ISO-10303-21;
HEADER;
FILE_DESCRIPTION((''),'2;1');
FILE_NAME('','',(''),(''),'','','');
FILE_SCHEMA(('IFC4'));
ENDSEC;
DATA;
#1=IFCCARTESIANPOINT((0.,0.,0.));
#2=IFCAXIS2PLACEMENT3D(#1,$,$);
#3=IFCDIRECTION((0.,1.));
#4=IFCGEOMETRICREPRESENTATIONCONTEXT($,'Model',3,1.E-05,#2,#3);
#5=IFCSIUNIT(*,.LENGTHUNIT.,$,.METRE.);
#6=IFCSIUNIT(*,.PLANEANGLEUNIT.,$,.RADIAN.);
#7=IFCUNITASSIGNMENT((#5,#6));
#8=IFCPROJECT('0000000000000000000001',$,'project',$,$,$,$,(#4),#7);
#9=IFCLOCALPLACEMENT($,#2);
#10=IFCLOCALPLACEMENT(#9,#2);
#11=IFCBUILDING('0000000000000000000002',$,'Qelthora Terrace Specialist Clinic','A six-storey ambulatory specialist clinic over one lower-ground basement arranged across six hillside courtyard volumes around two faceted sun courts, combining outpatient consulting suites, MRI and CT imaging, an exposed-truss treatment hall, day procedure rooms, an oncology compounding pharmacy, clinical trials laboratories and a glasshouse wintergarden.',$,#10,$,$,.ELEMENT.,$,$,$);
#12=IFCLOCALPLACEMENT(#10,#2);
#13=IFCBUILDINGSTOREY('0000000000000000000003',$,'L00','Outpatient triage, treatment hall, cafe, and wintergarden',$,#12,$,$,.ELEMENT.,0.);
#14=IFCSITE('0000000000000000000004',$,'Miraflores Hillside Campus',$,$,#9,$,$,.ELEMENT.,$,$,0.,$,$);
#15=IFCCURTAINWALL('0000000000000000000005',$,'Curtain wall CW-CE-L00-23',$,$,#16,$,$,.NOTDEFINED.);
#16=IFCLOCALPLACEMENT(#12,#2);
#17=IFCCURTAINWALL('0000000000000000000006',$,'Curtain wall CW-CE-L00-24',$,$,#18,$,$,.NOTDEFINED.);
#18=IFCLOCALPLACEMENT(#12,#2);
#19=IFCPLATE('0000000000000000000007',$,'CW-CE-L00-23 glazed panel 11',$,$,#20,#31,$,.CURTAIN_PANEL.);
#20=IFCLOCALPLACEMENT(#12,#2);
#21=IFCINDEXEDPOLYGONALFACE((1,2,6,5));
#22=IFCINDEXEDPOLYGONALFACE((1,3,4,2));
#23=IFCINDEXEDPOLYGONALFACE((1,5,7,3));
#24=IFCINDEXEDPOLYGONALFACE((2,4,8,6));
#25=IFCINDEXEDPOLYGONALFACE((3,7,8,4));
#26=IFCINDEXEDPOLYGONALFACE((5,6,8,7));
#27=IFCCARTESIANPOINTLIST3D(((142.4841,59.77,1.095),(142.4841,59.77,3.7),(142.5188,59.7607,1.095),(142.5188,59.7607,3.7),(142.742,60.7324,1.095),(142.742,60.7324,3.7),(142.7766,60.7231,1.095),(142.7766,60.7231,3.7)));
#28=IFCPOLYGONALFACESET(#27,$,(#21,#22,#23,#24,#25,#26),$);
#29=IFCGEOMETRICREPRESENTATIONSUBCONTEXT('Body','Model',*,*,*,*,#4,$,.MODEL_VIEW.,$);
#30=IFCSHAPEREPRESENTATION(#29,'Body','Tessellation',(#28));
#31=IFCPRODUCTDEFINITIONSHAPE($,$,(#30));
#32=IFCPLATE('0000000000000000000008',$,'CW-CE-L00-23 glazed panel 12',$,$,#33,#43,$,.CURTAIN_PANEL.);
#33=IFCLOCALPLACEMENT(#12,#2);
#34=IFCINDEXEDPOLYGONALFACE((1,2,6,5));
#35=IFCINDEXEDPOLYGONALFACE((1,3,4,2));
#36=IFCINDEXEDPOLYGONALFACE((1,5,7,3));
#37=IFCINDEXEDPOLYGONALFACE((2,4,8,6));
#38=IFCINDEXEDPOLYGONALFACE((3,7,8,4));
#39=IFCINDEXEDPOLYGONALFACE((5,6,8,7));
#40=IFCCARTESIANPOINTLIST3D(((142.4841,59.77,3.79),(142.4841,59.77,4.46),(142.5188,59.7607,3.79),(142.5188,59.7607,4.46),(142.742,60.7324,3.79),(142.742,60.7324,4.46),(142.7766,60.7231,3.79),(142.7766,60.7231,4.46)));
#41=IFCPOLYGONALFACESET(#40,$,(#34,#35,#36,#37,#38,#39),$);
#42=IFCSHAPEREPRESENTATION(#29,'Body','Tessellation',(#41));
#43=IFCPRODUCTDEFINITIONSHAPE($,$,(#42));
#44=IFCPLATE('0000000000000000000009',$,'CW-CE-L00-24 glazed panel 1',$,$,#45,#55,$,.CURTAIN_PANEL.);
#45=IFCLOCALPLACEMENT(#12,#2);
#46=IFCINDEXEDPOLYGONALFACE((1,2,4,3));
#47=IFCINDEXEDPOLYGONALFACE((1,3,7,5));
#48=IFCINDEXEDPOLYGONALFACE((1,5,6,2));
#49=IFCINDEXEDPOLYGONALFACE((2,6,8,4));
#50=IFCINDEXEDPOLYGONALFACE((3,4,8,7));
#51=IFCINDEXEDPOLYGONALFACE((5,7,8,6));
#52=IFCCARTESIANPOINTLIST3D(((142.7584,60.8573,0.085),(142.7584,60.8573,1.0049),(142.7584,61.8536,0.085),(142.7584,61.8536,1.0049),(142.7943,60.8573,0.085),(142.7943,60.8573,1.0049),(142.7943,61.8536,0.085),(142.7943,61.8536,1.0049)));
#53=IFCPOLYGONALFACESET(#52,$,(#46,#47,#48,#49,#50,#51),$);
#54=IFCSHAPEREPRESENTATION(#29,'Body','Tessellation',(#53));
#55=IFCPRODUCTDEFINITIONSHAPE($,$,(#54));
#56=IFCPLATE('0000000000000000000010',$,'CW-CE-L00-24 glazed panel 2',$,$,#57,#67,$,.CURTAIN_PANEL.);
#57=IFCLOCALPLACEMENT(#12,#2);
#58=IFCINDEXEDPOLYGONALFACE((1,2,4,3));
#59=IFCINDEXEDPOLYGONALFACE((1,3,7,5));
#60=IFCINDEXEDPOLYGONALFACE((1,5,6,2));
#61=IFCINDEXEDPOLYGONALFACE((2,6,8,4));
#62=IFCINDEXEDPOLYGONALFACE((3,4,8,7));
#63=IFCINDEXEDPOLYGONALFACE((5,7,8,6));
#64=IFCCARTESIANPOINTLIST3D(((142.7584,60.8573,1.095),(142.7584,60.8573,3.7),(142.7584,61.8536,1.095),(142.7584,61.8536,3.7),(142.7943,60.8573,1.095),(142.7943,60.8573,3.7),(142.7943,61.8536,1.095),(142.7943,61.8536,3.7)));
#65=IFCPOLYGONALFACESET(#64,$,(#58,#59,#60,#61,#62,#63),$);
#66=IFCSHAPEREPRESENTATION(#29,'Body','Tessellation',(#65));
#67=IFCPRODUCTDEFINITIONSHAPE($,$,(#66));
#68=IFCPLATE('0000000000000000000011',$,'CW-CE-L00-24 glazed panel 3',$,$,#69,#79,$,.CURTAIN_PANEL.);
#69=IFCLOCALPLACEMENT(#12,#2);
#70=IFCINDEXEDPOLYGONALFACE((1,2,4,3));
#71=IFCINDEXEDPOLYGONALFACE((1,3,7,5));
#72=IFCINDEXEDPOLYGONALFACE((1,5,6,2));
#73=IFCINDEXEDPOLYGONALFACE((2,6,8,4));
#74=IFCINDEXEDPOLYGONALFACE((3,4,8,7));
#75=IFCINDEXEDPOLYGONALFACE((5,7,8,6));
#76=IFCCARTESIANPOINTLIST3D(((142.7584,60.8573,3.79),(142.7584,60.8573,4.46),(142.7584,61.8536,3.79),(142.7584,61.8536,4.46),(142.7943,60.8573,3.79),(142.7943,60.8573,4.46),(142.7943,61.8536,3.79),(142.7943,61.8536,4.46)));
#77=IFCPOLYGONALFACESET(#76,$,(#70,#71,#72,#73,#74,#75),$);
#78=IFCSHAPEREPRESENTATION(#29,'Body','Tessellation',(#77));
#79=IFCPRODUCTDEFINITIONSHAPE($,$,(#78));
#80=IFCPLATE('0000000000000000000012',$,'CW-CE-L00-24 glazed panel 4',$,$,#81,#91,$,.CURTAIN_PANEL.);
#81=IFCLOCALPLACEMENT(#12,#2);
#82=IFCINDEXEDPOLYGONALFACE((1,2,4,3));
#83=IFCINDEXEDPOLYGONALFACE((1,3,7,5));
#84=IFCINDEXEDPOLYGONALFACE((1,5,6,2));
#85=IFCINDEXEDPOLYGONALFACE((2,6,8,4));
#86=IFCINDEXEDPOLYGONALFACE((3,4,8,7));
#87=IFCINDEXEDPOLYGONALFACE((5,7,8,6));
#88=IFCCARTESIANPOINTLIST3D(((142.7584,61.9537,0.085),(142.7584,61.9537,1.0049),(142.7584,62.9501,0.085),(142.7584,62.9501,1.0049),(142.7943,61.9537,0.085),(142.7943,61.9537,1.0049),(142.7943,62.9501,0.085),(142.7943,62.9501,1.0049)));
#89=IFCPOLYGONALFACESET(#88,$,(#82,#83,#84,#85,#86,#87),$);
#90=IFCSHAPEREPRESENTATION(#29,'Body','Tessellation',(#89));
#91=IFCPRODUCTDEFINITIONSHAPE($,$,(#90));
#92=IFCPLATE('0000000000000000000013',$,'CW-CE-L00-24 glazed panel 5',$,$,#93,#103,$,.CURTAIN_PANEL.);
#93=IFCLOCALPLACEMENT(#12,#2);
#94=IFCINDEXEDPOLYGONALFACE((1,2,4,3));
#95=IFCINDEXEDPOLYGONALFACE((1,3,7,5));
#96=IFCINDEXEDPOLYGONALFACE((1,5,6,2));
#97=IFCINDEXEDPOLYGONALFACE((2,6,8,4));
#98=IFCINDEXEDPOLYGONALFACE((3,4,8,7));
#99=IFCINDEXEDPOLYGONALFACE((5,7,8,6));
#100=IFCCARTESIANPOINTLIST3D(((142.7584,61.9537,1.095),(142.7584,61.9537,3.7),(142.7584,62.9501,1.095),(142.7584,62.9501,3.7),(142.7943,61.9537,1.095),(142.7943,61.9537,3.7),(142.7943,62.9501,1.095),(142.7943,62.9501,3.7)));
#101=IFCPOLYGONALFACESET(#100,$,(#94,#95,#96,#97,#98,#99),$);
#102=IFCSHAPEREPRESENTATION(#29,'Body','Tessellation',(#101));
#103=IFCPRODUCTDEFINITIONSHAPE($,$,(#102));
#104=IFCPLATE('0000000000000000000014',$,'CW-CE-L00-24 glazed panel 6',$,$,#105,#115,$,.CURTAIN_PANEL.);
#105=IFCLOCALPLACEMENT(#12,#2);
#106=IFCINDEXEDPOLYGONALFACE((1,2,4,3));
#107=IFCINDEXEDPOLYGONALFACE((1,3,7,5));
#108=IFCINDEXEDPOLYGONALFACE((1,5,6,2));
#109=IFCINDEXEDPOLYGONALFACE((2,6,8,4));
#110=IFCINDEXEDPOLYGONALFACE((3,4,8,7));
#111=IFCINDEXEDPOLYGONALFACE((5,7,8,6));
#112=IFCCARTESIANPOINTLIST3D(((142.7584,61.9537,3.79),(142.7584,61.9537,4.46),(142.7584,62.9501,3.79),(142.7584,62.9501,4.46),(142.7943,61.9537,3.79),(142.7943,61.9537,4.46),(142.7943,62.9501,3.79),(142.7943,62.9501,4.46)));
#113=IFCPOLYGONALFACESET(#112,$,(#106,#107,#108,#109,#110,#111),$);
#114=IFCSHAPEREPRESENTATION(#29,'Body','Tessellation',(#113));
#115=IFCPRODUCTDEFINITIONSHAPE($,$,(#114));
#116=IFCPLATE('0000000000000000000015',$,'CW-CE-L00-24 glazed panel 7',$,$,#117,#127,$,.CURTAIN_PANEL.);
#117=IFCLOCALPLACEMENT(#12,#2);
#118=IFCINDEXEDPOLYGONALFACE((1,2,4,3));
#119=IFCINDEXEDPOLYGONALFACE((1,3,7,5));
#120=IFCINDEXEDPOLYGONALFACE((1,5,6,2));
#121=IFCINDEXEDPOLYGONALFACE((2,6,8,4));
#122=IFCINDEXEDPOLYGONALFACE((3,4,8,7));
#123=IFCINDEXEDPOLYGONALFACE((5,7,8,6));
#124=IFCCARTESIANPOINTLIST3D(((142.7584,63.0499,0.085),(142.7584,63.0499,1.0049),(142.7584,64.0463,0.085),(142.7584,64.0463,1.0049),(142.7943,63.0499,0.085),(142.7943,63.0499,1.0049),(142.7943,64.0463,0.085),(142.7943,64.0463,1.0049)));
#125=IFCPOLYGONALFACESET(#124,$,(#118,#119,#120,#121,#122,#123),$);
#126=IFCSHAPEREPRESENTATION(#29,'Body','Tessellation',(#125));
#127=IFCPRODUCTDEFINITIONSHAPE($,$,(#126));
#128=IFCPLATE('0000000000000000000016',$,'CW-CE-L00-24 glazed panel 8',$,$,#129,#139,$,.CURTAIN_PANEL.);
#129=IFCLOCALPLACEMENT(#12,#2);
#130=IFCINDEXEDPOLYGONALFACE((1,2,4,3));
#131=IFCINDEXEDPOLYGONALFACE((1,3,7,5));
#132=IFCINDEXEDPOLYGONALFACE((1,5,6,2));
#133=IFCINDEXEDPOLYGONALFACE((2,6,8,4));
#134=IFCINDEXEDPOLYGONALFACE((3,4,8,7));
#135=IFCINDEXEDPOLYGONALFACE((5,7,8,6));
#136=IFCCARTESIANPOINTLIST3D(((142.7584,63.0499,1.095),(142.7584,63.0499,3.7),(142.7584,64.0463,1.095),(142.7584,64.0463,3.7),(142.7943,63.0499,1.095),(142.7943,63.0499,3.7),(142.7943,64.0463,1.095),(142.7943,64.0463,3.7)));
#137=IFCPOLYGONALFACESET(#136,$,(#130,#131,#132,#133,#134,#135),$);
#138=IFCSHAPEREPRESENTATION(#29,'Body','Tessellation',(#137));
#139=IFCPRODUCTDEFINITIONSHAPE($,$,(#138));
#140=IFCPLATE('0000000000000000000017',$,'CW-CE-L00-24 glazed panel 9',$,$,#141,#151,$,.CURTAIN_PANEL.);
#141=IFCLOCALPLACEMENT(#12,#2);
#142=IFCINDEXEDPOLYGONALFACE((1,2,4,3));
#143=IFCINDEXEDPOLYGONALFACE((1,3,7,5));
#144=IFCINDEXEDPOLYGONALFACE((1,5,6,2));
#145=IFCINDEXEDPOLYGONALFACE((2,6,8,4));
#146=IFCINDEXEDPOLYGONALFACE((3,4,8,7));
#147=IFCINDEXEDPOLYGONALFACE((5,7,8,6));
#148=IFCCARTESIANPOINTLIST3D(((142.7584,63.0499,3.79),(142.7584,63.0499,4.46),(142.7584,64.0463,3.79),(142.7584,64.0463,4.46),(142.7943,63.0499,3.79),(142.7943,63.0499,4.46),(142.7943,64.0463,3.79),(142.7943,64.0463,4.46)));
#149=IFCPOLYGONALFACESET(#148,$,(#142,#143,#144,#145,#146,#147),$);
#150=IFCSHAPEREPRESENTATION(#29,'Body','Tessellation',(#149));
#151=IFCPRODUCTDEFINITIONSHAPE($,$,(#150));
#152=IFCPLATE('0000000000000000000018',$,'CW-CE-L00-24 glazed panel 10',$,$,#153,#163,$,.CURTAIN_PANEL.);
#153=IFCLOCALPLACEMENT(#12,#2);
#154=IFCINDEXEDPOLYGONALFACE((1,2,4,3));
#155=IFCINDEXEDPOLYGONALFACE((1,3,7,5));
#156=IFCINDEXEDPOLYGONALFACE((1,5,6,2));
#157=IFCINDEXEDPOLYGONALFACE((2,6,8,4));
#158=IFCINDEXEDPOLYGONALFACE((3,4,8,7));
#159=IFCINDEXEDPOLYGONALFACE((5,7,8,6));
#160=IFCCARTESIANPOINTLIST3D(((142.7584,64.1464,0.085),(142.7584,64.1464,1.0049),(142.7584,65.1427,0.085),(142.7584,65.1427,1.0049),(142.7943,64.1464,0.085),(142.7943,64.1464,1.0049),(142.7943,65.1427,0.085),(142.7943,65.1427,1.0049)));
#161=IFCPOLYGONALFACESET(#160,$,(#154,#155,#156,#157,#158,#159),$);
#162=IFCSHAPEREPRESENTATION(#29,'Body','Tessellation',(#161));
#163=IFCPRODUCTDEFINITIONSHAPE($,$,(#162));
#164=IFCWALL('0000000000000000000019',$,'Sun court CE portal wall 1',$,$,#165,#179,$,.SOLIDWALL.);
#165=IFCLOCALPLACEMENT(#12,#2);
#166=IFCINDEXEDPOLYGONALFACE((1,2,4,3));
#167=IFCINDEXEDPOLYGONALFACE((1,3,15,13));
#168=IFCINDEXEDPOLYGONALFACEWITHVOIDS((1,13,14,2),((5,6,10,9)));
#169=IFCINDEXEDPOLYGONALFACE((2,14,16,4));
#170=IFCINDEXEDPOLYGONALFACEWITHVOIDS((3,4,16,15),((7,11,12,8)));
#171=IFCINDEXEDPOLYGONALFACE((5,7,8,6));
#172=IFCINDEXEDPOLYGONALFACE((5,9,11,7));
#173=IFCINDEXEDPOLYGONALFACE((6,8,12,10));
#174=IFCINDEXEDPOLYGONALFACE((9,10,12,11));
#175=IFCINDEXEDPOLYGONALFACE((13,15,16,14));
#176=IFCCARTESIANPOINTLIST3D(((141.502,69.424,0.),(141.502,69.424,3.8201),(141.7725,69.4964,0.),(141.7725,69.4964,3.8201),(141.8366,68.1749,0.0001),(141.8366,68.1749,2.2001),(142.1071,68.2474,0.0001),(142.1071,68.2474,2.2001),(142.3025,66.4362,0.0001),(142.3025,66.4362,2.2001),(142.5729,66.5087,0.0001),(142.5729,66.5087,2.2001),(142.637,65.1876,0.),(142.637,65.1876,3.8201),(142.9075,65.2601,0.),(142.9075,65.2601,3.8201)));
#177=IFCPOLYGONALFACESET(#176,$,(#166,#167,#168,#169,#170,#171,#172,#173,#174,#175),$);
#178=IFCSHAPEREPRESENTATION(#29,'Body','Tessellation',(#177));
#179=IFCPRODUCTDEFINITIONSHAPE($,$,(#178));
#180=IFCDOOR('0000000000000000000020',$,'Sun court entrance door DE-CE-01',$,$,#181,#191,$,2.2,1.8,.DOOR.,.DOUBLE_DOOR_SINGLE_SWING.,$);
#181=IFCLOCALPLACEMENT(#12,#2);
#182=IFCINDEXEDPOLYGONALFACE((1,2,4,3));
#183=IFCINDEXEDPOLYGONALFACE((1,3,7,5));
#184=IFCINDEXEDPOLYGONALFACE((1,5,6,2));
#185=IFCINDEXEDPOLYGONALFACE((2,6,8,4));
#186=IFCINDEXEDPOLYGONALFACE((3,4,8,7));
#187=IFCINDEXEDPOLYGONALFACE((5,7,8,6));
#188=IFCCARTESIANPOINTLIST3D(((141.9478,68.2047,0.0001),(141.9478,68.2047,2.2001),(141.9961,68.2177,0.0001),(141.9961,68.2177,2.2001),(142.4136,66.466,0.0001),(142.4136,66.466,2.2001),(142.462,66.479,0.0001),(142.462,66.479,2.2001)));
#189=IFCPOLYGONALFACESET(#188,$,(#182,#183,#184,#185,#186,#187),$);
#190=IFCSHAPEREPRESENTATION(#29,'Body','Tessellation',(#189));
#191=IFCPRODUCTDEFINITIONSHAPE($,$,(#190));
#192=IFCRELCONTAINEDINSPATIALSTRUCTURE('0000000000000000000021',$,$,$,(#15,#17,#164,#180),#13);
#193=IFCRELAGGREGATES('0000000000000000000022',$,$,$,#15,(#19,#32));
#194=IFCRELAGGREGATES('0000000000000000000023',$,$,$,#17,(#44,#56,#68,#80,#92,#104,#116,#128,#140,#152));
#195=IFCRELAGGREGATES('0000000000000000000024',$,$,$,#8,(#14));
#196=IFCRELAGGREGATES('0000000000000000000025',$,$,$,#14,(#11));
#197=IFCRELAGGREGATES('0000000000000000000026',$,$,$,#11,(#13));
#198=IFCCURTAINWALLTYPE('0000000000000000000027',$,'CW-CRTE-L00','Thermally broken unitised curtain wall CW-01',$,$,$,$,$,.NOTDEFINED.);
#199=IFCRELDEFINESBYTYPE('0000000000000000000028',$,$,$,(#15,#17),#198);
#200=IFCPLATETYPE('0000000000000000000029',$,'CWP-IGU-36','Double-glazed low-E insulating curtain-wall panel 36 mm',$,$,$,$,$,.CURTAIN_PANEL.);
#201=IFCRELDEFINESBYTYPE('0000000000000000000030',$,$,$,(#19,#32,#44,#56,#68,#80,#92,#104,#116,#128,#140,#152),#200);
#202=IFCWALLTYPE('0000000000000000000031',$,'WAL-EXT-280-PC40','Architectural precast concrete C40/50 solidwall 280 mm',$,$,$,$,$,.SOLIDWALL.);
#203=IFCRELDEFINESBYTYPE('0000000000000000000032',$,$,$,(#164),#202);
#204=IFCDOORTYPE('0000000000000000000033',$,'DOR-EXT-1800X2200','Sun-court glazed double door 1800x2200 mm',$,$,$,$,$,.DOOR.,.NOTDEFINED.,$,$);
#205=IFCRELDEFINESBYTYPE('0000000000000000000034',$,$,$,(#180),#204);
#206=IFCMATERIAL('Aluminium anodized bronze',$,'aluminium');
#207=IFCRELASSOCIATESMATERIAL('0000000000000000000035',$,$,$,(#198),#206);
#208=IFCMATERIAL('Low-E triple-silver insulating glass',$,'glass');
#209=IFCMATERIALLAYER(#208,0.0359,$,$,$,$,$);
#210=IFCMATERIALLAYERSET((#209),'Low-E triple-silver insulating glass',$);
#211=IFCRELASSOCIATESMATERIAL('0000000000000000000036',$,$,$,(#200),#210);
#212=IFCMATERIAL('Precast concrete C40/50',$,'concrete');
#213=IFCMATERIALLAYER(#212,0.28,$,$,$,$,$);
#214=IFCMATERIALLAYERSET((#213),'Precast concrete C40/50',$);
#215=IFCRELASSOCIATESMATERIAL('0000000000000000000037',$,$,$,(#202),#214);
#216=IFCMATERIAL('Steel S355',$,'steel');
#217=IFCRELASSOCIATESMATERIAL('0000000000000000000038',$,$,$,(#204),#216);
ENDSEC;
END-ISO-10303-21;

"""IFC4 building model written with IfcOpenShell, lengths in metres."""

from ifc_helpers import new_model, si_unit, direction, frame, frame_2d, origin, origin_2d, place, context, subcontext, project, spatial, rectangle, extrude, material, layer, layer_set, type_object, element, fill, aggregate, save


model = new_model("IFC4")

# Units and contexts
model_context = context("Model", 3, precision=1e-05, world=origin(), true_north=direction((0.0, 1.0)))
body_context = subcontext(model_context, "Body", "Model", "MODEL_VIEW")
ifc_project = project(units=[si_unit("LENGTHUNIT", "METRE"), si_unit("PLANEANGLEUNIT", "RADIAN")], contexts=[model_context])

# Site, building, storey
site_placement = place(None, origin())
site = spatial("IfcSite", under=ifc_project, at=site_placement, Name="Miraflores Hillside Campus", CompositionType="ELEMENT", RefElevation=0.0)
building_placement = place(site_placement, origin())
building = spatial("IfcBuilding", under=site, at=building_placement, Name="Qelthora Terrace Specialist Clinic", Description="A six-storey ambulatory specialist clinic over one lower-ground basement arranged across six hillside courtyard volumes around two faceted sun courts, combining outpatient consulting suites, MRI and CT imaging, an exposed-truss treatment hall, day procedure rooms, an oncology compounding pharmacy, clinical trials laboratories and a glasshouse wintergarden.", CompositionType="ELEMENT")
storey_placement = place(building_placement, origin())
storey = spatial("IfcBuildingStorey", under=building, at=storey_placement, Name="L00", Description="Outpatient triage, treatment hall, cafe, and wintergarden", CompositionType="ELEMENT", Elevation=0.0)

# Curtain wall
ifc_material_1 = material(Name="Aluminium anodized bronze", Category="aluminium")
curtain_wall_type = type_object("IfcCurtainWallType", Name="CW-CRTE-L00", Description="Thermally broken unitised curtain wall CW-01", PredefinedType="NOTDEFINED", material=ifc_material_1)
curtain_wall_1_placement = place(storey_placement, origin())
curtain_wall_1 = element("IfcCurtainWall", 1, at=curtain_wall_1_placement, inside=storey, type_object=curtain_wall_type, Name="Curtain wall CW-CE-L00-23", PredefinedType="NOTDEFINED")

# Curtain wall
curtain_wall_2_placement = place(storey_placement, origin())
curtain_wall_2 = element("IfcCurtainWall", 2, at=curtain_wall_2_placement, inside=storey, type_object=curtain_wall_type, Name="Curtain wall CW-CE-L00-24", PredefinedType="NOTDEFINED")

# Plates
ifc_material_2 = material(Name="Low-E triple-silver insulating glass", Category="glass")
ifc_layer_1 = layer(ifc_material_2, 0.0359)
ifc_layer_set_1 = layer_set([ifc_layer_1], Name="Low-E triple-silver insulating glass")
plate_type = type_object("IfcPlateType", Name="CWP-IGU-36", Description="Double-glazed low-E insulating curtain-wall panel 36 mm", PredefinedType="CURTAIN_PANEL", material=ifc_layer_set_1)
plate_1_placement = place(storey_placement, frame((142.6304, 60.2466, 1.095), z_axis=(0.0, 0.0, 1.0), x_axis=(0.258819, 0.965926, 0.0)))
plate_1 = element("IfcPlate", 3, at=plate_1_placement, type_object=plate_type, Name="CW-CE-L00-23 glazed panel 11", PredefinedType="CURTAIN_PANEL", context=body_context, shape_type="SweptSolid", body=[
    extrude(rectangle(XDim=0.9963, YDim=0.0359, at=origin_2d()), origin(), (0.0, 0.0, 1.0), 2.605),
])
plate_2_placement = place(storey_placement, frame((142.6304, 60.2466, 3.79), z_axis=(0.0, 0.0, 1.0), x_axis=(0.258819, 0.965926, 0.0)))
plate_2 = element("IfcPlate", 4, at=plate_2_placement, type_object=plate_type, Name="CW-CE-L00-23 glazed panel 12", PredefinedType="CURTAIN_PANEL", context=body_context, shape_type="SweptSolid", body=[
    extrude(rectangle(XDim=0.9963, YDim=0.0359, at=origin_2d()), origin(), (0.0, 0.0, 1.0), 0.6699),
])
aggregate(curtain_wall_1, [plate_1, plate_2])
plate_3_placement = place(storey_placement, frame((142.7764, 61.3555, 0.085), z_axis=(0.0, 0.0, 1.0), x_axis=(0.0, 1.0, 0.0)))
plate_3 = element("IfcPlate", 5, at=plate_3_placement, type_object=plate_type, Name="CW-CE-L00-24 glazed panel 1", PredefinedType="CURTAIN_PANEL", context=body_context, shape_type="SweptSolid", body=[
    extrude(rectangle(XDim=0.9963, YDim=0.0359, at=origin_2d()), origin(), (0.0, 0.0, 1.0), 0.9199),
])
plate_4_placement = place(storey_placement, frame((142.7764, 61.3555, 1.095), z_axis=(0.0, 0.0, 1.0), x_axis=(0.0, 1.0, 0.0)))
plate_4 = element("IfcPlate", 6, at=plate_4_placement, type_object=plate_type, Name="CW-CE-L00-24 glazed panel 2", PredefinedType="CURTAIN_PANEL", context=body_context, shape_type="SweptSolid", body=[
    extrude(rectangle(XDim=0.9963, YDim=0.0359, at=origin_2d()), origin(), (0.0, 0.0, 1.0), 2.605),
])
plate_5_placement = place(storey_placement, frame((142.7764, 61.3555, 3.79), z_axis=(0.0, 0.0, 1.0), x_axis=(0.0, 1.0, 0.0)))
plate_5 = element("IfcPlate", 7, at=plate_5_placement, type_object=plate_type, Name="CW-CE-L00-24 glazed panel 3", PredefinedType="CURTAIN_PANEL", context=body_context, shape_type="SweptSolid", body=[
    extrude(rectangle(XDim=0.9963, YDim=0.0359, at=origin_2d()), origin(), (0.0, 0.0, 1.0), 0.6699),
])
plate_6_placement = place(storey_placement, frame((142.7764, 62.4519, 0.085), z_axis=(0.0, 0.0, 1.0), x_axis=(0.0, 1.0, 0.0)))
plate_6 = element("IfcPlate", 8, at=plate_6_placement, type_object=plate_type, Name="CW-CE-L00-24 glazed panel 4", PredefinedType="CURTAIN_PANEL", context=body_context, shape_type="SweptSolid", body=[
    extrude(rectangle(XDim=0.9963, YDim=0.0359, at=origin_2d()), origin(), (0.0, 0.0, 1.0), 0.9199),
])
plate_7_placement = place(storey_placement, frame((142.7764, 62.4519, 1.095), z_axis=(0.0, 0.0, 1.0), x_axis=(0.0, 1.0, 0.0)))
plate_7 = element("IfcPlate", 9, at=plate_7_placement, type_object=plate_type, Name="CW-CE-L00-24 glazed panel 5", PredefinedType="CURTAIN_PANEL", context=body_context, shape_type="SweptSolid", body=[
    extrude(rectangle(XDim=0.9963, YDim=0.0359, at=origin_2d()), origin(), (0.0, 0.0, 1.0), 2.605),
])
plate_8_placement = place(storey_placement, frame((142.7764, 62.4519, 3.79), z_axis=(0.0, 0.0, 1.0), x_axis=(0.0, 1.0, 0.0)))
plate_8 = element("IfcPlate", 10, at=plate_8_placement, type_object=plate_type, Name="CW-CE-L00-24 glazed panel 6", PredefinedType="CURTAIN_PANEL", context=body_context, shape_type="SweptSolid", body=[
    extrude(rectangle(XDim=0.9963, YDim=0.0359, at=origin_2d()), origin(), (0.0, 0.0, 1.0), 0.6699),
])
plate_9_placement = place(storey_placement, frame((142.7764, 63.5481, 0.085), z_axis=(0.0, 0.0, 1.0), x_axis=(0.0, 1.0, 0.0)))
plate_9 = element("IfcPlate", 11, at=plate_9_placement, type_object=plate_type, Name="CW-CE-L00-24 glazed panel 7", PredefinedType="CURTAIN_PANEL", context=body_context, shape_type="SweptSolid", body=[
    extrude(rectangle(XDim=0.9963, YDim=0.0359, at=origin_2d()), origin(), (0.0, 0.0, 1.0), 0.9199),
])
plate_10_placement = place(storey_placement, frame((142.7764, 63.5481, 1.095), z_axis=(0.0, 0.0, 1.0), x_axis=(0.0, 1.0, 0.0)))
plate_10 = element("IfcPlate", 12, at=plate_10_placement, type_object=plate_type, Name="CW-CE-L00-24 glazed panel 8", PredefinedType="CURTAIN_PANEL", context=body_context, shape_type="SweptSolid", body=[
    extrude(rectangle(XDim=0.9963, YDim=0.0359, at=origin_2d()), origin(), (0.0, 0.0, 1.0), 2.605),
])
plate_11_placement = place(storey_placement, frame((142.7764, 63.5481, 3.79), z_axis=(0.0, 0.0, 1.0), x_axis=(0.0, 1.0, 0.0)))
plate_11 = element("IfcPlate", 13, at=plate_11_placement, type_object=plate_type, Name="CW-CE-L00-24 glazed panel 9", PredefinedType="CURTAIN_PANEL", context=body_context, shape_type="SweptSolid", body=[
    extrude(rectangle(XDim=0.9963, YDim=0.0359, at=origin_2d()), origin(), (0.0, 0.0, 1.0), 0.6699),
])
plate_12_placement = place(storey_placement, frame((142.7764, 64.6445, 0.085), z_axis=(0.0, 0.0, 1.0), x_axis=(0.0, 1.0, 0.0)))
plate_12 = element("IfcPlate", 14, at=plate_12_placement, type_object=plate_type, Name="CW-CE-L00-24 glazed panel 10", PredefinedType="CURTAIN_PANEL", context=body_context, shape_type="SweptSolid", body=[
    extrude(rectangle(XDim=0.9963, YDim=0.0359, at=origin_2d()), origin(), (0.0, 0.0, 1.0), 0.9199),
])
aggregate(curtain_wall_2, [plate_3, plate_4, plate_5, plate_6, plate_7, plate_8, plate_9, plate_10, plate_11, plate_12])

# Wall, opening, door
ifc_material_3 = material(Name="Precast concrete C40/50", Category="concrete")
ifc_layer_2 = layer(ifc_material_3, 0.28)
ifc_layer_set_2 = layer_set([ifc_layer_2], Name="Precast concrete C40/50")
wall_type = type_object("IfcWallType", Name="WAL-EXT-280-PC40", Description="Architectural precast concrete C40/50 solidwall 280 mm", PredefinedType="SOLIDWALL", material=ifc_layer_set_2)
wall_placement = place(storey_placement, frame((142.7722, 65.2239, 0.0), z_axis=(0.0, 0.0, 1.0), x_axis=(-0.258795, 0.965932, 0.0)))
wall = element("IfcWall", 15, at=wall_placement, inside=storey, type_object=wall_type, Name="Sun court CE portal wall 1", PredefinedType="SOLIDWALL", context=body_context, shape_type="SweptSolid", body=[
    extrude(rectangle(XDim=4.3857, YDim=0.28, at=frame_2d((2.1929, 0.0))), origin(), (0.0, 0.0, 1.0), 3.8201),
])
opening_placement = place(wall_placement, frame((1.2927, 0.0, 0.0)))
opening = element("IfcOpeningElement", 16, at=opening_placement, cuts=wall, PredefinedType="OPENING", context=body_context, shape_type="SweptSolid", body=[
    extrude(rectangle(XDim=1.8, YDim=2.2, at=frame_2d((0.8999, 1.1001))), frame((0.0, 0.1499, 0.0), z_axis=(0.0, -1.0, 0.0), x_axis=(1.0, 0.0, 0.0)), (0.0, 0.0, 1.0), 0.3),
])
ifc_material_4 = material(Name="Steel S355", Category="steel")
door_type = type_object("IfcDoorType", Name="DOR-EXT-1800X2200", Description="Sun-court glazed double door 1800x2200 mm", OperationType="NOTDEFINED", PredefinedType="DOOR", material=ifc_material_4)
door_placement = place(opening_placement, origin())
door = element("IfcDoor", 17, at=door_placement, inside=storey, type_object=door_type, Name="Sun court entrance door DE-CE-01", OperationType="DOUBLE_DOOR_SINGLE_SWING", OverallHeight=2.2, OverallWidth=1.8, PredefinedType="DOOR", context=body_context, shape_type="SweptSolid", body=[
    extrude(rectangle(XDim=1.8, YDim=2.2, at=frame_2d((0.8999, 1.1001))), frame((0.0, 0.0249, 0.0), z_axis=(0.0, -1.0, 0.0), x_axis=(1.0, 0.0, 0.0)), (0.0, 0.0, 1.0), 0.05),
])
fill(opening, door)

save(model, "model.ifc")
